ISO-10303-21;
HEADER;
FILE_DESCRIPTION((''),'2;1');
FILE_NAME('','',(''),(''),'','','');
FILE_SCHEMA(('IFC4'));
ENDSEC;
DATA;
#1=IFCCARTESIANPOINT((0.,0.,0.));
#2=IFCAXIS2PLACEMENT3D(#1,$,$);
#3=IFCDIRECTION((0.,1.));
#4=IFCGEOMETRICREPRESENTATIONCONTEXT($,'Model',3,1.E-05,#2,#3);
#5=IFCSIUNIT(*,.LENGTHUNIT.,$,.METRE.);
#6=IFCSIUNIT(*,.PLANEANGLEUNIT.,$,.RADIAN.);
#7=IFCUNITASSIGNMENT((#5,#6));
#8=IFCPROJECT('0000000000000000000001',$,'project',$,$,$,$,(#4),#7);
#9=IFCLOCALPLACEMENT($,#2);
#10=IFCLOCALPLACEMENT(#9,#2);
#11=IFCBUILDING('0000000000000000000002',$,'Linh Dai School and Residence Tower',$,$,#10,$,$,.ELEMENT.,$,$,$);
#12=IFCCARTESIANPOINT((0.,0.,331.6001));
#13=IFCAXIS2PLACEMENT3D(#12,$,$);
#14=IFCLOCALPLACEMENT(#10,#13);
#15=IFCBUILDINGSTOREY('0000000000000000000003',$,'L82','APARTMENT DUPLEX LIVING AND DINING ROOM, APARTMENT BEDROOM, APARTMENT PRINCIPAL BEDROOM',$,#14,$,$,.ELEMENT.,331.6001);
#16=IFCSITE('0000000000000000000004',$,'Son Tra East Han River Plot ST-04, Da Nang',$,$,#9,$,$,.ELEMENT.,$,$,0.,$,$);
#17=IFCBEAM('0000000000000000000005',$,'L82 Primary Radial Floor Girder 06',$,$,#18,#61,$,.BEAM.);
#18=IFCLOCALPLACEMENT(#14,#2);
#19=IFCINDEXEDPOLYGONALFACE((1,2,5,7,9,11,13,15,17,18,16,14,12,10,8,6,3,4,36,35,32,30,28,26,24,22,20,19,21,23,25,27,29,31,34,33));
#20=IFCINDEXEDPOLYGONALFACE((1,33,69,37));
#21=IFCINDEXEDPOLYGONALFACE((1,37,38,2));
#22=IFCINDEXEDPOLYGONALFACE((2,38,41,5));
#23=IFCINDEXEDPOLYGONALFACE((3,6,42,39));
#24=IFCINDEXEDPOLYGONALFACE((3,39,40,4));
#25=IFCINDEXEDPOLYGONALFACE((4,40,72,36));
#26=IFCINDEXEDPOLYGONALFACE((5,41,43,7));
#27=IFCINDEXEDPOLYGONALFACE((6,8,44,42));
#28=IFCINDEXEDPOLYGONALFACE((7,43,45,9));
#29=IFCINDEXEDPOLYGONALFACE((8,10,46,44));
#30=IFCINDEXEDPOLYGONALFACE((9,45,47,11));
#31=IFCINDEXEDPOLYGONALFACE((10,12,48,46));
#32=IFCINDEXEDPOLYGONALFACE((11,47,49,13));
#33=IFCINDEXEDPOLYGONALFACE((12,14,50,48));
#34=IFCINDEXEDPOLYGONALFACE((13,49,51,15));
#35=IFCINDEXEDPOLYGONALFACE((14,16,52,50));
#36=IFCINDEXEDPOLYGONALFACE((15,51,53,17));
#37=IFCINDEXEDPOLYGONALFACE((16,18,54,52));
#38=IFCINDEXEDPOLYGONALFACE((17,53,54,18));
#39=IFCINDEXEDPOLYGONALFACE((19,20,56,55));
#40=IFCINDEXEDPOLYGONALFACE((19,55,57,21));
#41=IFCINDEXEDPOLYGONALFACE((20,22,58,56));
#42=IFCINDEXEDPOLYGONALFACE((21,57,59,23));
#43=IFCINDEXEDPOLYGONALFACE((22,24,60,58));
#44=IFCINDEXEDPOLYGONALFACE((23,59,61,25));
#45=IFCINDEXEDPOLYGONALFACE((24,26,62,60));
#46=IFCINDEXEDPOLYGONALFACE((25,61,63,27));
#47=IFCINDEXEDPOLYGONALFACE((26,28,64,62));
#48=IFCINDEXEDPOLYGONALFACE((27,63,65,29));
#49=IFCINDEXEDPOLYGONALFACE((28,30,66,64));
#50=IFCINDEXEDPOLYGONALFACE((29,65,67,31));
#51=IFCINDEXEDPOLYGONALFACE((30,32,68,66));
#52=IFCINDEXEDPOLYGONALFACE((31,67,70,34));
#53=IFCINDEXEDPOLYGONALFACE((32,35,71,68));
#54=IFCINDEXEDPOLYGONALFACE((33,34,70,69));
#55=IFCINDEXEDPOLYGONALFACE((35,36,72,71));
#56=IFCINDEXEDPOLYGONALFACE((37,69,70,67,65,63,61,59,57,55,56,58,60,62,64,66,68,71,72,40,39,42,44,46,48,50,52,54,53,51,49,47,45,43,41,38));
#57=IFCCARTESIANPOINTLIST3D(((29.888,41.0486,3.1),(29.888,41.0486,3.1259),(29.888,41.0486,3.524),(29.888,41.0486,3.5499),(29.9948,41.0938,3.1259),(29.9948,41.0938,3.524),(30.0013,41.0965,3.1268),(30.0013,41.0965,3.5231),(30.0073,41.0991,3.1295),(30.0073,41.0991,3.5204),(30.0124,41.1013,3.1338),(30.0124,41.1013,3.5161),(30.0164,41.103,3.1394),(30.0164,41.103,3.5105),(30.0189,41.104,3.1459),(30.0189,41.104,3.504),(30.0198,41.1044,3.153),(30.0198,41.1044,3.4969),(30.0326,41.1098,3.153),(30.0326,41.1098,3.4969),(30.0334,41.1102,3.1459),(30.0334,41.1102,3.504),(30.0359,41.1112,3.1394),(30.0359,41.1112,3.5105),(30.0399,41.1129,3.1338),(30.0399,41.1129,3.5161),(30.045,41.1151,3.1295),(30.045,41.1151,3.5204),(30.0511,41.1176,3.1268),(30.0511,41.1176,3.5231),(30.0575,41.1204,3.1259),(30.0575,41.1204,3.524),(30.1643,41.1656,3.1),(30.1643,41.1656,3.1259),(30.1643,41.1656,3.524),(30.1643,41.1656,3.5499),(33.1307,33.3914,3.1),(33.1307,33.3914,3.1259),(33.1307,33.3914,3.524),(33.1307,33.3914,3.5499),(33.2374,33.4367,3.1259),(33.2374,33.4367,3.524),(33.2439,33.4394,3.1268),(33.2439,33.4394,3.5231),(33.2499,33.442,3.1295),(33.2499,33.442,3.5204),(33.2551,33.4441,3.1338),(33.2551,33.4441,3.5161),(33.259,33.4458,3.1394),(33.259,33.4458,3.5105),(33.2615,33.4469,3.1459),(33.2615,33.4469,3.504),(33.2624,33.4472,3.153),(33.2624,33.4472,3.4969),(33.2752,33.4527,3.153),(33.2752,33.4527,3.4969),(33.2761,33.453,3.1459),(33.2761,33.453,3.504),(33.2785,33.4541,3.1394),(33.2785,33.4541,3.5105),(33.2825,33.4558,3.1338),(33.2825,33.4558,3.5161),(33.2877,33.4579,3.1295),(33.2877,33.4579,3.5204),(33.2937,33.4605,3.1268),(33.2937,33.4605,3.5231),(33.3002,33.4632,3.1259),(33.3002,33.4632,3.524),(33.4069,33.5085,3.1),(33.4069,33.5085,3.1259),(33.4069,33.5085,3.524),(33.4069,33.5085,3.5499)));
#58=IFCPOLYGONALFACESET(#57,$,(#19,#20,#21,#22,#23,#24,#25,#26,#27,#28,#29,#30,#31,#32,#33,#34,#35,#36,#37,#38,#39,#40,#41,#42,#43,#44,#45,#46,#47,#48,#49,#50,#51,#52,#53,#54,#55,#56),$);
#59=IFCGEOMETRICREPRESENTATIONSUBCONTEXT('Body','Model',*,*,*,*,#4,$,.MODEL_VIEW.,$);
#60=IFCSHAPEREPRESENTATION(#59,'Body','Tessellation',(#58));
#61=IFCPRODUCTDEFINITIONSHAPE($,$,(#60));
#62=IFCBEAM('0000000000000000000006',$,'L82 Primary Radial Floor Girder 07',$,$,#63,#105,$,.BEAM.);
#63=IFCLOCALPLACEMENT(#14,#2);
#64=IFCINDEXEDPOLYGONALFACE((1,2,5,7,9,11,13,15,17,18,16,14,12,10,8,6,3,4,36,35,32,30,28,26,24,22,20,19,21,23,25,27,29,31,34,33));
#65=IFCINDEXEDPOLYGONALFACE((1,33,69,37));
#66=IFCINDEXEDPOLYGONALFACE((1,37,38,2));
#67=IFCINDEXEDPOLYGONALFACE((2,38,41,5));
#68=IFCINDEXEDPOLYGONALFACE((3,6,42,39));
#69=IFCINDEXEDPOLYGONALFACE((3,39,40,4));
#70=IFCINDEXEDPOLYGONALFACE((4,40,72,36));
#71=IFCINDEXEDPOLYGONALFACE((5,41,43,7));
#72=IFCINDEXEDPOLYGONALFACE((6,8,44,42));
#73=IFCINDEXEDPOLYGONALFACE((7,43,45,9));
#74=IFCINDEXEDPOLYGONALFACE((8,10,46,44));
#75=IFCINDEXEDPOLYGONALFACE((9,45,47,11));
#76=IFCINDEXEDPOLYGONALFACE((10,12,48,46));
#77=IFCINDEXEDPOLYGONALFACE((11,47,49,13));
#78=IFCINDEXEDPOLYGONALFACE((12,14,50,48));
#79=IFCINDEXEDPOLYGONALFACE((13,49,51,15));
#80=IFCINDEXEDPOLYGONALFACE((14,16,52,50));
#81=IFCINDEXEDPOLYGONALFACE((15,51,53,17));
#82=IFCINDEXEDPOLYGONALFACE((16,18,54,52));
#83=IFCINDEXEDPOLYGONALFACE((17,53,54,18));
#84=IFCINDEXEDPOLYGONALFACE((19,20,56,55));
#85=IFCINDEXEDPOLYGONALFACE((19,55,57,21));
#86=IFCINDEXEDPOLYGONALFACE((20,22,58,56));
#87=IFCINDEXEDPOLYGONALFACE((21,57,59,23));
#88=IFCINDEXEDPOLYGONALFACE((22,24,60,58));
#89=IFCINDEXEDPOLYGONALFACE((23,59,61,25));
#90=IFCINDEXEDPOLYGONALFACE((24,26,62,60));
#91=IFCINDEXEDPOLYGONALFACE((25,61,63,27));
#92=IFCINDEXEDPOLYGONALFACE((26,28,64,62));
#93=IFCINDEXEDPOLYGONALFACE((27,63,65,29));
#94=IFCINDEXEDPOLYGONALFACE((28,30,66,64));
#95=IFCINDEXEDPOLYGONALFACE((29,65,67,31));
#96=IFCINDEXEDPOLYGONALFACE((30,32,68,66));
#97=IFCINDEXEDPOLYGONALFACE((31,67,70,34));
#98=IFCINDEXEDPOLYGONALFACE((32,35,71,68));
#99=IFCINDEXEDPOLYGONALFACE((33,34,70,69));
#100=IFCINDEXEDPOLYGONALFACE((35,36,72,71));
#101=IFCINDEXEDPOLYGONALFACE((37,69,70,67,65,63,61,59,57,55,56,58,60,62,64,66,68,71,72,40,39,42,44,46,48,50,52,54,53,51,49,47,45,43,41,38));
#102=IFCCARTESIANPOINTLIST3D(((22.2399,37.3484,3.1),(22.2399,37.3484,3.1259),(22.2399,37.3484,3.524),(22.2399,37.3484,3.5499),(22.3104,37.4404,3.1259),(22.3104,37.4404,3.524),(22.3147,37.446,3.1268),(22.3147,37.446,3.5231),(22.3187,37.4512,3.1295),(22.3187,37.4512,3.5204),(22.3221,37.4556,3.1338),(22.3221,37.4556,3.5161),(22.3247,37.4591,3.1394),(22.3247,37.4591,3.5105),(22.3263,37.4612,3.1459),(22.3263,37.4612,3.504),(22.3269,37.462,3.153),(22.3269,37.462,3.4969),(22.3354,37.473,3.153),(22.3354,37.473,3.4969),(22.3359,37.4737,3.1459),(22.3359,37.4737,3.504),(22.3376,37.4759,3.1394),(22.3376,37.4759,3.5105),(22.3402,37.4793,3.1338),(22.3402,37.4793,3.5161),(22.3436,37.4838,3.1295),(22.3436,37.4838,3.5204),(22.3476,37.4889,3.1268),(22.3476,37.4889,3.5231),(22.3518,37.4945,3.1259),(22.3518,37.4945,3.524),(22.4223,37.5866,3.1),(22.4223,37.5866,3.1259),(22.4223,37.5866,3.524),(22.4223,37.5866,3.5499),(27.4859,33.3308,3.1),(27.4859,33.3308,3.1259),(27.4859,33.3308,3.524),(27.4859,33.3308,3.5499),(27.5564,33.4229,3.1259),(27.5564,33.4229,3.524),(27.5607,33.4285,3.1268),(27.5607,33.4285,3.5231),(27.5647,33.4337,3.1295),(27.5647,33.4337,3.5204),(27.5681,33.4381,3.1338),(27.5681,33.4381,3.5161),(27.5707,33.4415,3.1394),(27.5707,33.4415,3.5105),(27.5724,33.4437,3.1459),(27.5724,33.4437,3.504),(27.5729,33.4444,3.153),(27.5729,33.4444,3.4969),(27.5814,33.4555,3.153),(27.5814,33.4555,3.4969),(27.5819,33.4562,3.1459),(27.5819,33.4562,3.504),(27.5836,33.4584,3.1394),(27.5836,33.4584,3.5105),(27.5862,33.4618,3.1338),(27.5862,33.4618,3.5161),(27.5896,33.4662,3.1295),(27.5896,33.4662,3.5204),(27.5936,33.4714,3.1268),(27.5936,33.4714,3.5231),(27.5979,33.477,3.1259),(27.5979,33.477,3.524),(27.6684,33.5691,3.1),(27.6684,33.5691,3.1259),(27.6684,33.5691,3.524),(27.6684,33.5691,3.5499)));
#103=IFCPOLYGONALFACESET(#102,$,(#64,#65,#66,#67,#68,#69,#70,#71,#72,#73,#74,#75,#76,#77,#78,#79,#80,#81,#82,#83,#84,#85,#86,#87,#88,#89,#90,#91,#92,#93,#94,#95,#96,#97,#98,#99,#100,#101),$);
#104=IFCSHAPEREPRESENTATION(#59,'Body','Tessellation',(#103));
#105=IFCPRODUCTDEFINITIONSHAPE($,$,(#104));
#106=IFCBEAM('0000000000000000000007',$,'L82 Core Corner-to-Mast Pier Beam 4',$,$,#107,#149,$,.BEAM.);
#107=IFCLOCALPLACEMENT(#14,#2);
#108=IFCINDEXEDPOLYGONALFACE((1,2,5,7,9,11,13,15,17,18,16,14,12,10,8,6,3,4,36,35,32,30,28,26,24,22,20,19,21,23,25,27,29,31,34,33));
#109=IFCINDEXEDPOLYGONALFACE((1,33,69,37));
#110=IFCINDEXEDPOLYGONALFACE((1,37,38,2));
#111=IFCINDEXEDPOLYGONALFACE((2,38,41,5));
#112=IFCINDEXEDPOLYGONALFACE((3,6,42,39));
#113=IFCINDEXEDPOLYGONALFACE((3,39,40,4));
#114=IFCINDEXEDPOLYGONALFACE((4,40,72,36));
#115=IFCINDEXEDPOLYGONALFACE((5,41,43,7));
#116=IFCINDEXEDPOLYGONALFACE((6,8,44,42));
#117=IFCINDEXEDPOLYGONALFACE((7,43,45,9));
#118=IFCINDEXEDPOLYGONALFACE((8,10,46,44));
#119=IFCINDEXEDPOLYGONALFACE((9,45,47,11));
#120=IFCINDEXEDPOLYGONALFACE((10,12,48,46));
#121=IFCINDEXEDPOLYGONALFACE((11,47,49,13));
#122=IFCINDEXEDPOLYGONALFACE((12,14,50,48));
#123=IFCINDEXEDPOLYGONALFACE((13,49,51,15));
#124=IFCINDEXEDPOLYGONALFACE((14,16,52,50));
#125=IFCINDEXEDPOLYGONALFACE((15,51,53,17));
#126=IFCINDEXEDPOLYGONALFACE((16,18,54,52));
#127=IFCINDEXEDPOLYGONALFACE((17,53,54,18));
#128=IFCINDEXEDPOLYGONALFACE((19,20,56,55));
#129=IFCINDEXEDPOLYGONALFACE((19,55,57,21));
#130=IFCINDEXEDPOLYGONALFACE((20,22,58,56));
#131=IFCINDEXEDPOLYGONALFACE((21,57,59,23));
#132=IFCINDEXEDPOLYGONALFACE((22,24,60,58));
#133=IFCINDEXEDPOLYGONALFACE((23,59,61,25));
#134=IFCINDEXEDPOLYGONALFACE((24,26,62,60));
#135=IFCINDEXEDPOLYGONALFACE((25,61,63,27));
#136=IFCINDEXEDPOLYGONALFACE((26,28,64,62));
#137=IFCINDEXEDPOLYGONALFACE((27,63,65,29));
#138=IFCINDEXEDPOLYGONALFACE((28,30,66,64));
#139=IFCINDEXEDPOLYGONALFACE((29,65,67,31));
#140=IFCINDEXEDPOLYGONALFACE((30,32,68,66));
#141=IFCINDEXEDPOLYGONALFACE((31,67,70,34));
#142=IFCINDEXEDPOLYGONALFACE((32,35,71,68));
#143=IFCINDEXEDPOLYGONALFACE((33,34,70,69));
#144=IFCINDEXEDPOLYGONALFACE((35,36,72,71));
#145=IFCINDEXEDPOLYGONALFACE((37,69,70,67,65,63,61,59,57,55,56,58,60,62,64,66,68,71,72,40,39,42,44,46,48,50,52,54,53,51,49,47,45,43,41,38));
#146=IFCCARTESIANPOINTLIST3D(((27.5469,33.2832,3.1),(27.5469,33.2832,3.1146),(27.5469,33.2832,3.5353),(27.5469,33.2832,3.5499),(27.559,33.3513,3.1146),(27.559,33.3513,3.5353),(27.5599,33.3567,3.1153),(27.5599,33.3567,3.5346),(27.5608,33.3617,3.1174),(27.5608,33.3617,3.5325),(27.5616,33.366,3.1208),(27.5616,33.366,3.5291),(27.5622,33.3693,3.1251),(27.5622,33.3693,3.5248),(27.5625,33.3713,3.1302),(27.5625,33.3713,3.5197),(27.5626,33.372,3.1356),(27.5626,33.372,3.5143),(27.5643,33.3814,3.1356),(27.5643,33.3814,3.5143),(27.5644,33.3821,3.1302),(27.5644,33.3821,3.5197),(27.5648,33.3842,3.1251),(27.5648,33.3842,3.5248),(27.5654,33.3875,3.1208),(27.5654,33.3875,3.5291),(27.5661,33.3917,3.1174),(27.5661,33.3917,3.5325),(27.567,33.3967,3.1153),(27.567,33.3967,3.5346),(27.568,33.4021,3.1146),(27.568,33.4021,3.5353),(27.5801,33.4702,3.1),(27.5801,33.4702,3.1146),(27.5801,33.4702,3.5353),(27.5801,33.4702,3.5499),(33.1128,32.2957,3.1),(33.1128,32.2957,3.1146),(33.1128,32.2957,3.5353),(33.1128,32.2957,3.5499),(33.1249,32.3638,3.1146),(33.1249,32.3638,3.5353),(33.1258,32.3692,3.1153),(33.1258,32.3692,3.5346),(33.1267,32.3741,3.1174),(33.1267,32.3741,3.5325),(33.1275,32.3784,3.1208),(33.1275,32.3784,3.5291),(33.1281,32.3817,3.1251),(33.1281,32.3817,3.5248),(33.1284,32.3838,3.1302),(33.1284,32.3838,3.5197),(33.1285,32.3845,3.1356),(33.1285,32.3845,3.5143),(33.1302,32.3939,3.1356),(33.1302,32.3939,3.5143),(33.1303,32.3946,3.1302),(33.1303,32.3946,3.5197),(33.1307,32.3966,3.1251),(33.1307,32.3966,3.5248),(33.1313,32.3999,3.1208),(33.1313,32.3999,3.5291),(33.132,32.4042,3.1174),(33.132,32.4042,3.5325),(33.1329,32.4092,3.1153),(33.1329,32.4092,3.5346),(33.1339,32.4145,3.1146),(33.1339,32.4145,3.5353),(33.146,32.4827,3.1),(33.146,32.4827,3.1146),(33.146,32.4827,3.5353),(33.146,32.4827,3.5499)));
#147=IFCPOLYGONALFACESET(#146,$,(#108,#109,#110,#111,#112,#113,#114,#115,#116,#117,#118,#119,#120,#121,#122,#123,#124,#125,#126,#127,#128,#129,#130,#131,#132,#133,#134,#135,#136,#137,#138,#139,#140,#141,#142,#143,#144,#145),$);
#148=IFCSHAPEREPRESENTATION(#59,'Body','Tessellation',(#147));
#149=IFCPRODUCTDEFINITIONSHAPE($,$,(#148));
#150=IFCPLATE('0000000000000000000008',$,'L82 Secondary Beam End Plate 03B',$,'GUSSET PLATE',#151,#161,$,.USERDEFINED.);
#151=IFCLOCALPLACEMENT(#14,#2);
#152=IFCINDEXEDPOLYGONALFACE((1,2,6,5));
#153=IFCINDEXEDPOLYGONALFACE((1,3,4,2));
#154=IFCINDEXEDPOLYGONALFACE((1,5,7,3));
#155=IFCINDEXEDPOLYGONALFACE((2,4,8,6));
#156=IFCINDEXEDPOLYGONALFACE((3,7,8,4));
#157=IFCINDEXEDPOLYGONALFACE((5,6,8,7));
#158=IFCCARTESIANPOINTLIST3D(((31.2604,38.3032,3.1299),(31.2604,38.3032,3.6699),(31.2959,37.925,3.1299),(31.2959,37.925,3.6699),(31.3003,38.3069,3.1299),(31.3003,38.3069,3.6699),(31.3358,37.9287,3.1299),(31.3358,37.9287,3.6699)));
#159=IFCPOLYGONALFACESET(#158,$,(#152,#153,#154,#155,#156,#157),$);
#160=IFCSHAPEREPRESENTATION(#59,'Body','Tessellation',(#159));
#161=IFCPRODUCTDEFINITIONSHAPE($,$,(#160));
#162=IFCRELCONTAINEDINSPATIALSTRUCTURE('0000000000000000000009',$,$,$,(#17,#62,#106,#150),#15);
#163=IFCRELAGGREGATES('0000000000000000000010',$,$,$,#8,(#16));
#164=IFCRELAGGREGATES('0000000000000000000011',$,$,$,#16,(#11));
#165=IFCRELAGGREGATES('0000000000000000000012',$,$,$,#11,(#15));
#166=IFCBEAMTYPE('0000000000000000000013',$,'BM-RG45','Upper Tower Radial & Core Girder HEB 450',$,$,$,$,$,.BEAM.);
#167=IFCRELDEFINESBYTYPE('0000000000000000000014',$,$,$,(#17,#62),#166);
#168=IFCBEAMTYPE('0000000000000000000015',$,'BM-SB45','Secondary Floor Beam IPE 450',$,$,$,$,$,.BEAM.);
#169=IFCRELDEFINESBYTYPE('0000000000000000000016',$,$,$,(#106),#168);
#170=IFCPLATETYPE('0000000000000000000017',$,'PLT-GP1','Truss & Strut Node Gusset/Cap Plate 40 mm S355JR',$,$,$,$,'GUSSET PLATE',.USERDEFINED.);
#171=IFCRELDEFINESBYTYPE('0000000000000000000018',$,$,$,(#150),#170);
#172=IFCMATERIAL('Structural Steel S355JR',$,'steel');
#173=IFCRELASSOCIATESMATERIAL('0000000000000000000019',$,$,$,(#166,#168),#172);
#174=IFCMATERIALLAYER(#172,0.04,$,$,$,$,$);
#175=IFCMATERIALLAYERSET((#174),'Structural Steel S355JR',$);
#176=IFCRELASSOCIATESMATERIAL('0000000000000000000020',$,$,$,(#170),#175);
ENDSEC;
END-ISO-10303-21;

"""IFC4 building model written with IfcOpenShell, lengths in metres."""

from ifc_helpers import new_model, si_unit, direction, frame, origin, origin_2d, place, context, subcontext, project, spatial, rectangle, i_section, extrude, source, transform, mapped, material, layer, layer_set, material_profile, profile_set, type_object, element, save


model = new_model("IFC4")

# Units and contexts
model_context = context("Model", 3, precision=1e-05, world=origin(), true_north=direction((0.0, 1.0)))
body_context = subcontext(model_context, "Body", "Model", "MODEL_VIEW")
ifc_project = project(units=[si_unit("LENGTHUNIT", "METRE"), si_unit("PLANEANGLEUNIT", "RADIAN")], contexts=[model_context])

# Site, building, storey
site_placement = place(None, origin())
site = spatial("IfcSite", under=ifc_project, at=site_placement, Name="Son Tra East Han River Plot ST-04, Da Nang", CompositionType="ELEMENT", RefElevation=0.0)
building_placement = place(site_placement, origin())
building = spatial("IfcBuilding", under=site, at=building_placement, Name="Linh Dai School and Residence Tower", CompositionType="ELEMENT")
storey_placement = place(building_placement, frame((0.0, 0.0, 331.6001)))
storey = spatial("IfcBuildingStorey", under=building, at=storey_placement, Name="L82", Description="APARTMENT DUPLEX LIVING AND DINING ROOM, APARTMENT BEDROOM, APARTMENT PRINCIPAL BEDROOM", CompositionType="ELEMENT", Elevation=331.6001)

# Shared definitions
ifc_material_1 = material(Name="Structural Steel S355JR", Category="steel")

# Beams
ifc_material_profile_1 = material_profile(ifc_material_1, i_section(OverallWidth=0.3, OverallDepth=0.45, WebThickness=0.0139, FlangeThickness=0.0259, FilletRadius=0.0271, at=origin_2d()), Name="HEB 450")
ifc_profile_set_1 = profile_set([ifc_material_profile_1], Name="Structural Steel S355JR")
beam_type_1 = type_object("IfcBeamType", Name="BM-RG45", Description="Upper Tower Radial & Core Girder HEB 450", PredefinedType="BEAM", material=ifc_profile_set_1)
beam_1_placement = place(storey_placement, frame((33.2688, 33.45, 3.325), z_axis=(-0.389954, 0.920834, 0.0), x_axis=(-0.920834, -0.389954, 0.0)))
element("IfcBeam", 1, at=beam_1_placement, inside=storey, type_object=beam_type_1, Name="L82 Primary Radial Floor Girder 06", PredefinedType="BEAM", context=body_context, shape_type="SweptSolid", body=[
    extrude(i_section(OverallWidth=0.3, OverallDepth=0.45, WebThickness=0.0139, FlangeThickness=0.0259, FilletRadius=0.0271, at=origin_2d()), origin(), (0.0, 0.0, 1.0), 8.3154),
])
beam_2_placement = place(storey_placement, frame((27.5771, 33.45, 3.325), z_axis=(-0.79393, 0.608009, 0.0), x_axis=(-0.608009, -0.79393, 0.0)))
element("IfcBeam", 2, at=beam_2_placement, inside=storey, type_object=beam_type_1, Name="L82 Primary Radial Floor Girder 07", PredefinedType="BEAM", context=body_context, shape_type="SweptSolid", body=[
    extrude(i_section(OverallWidth=0.3, OverallDepth=0.45, WebThickness=0.0139, FlangeThickness=0.0259, FilletRadius=0.0271, at=origin_2d()), origin(), (0.0, 0.0, 1.0), 6.6077),
])
ifc_material_profile_2 = material_profile(ifc_material_1, i_section(OverallWidth=0.1899, OverallDepth=0.45, WebThickness=0.0095, FlangeThickness=0.0146, FilletRadius=0.021, at=origin_2d()), Name="IPE 450")
ifc_profile_set_2 = profile_set([ifc_material_profile_2], Name="Structural Steel S355JR")
beam_type_2 = type_object("IfcBeamType", Name="BM-SB45", Description="Secondary Floor Beam IPE 450", PredefinedType="BEAM", material=ifc_profile_set_2)
beam_3_placement = place(storey_placement, frame((27.5635, 33.3767, 3.325), z_axis=(0.984622, -0.174699, 0.0), x_axis=(0.174699, 0.984622, 0.0)))
element("IfcBeam", 3, at=beam_3_placement, inside=storey, type_object=beam_type_2, Name="L82 Core Corner-to-Mast Pier Beam 4", PredefinedType="BEAM", context=body_context, shape_type="SweptSolid", body=[
    extrude(i_section(OverallWidth=0.1899, OverallDepth=0.45, WebThickness=0.0095, FlangeThickness=0.0146, FilletRadius=0.021, at=origin_2d()), origin(), (0.0, 0.0, 1.0), 5.6528),
])

# Plate
ifc_layer_1 = layer(ifc_material_1, 0.04)
ifc_layer_set_1 = layer_set([ifc_layer_1], Name="Structural Steel S355JR")
plate_type = type_object("IfcPlateType", Name="PLT-GP1", Description="Truss & Strut Node Gusset/Cap Plate 40 mm S355JR", ElementType="GUSSET PLATE", PredefinedType="USERDEFINED", material=ifc_layer_set_1)
shared_shape_1 = source(origin(), body_context, "Body", "SweptSolid", [
    extrude(rectangle(XDim=0.04, YDim=0.3799, at=origin_2d()), origin(), (0.0, 0.0, 1.0), 0.54),
])
plate_placement = place(storey_placement, frame((31.2981, 38.116, 3.1299), z_axis=(0.0, 0.0, 1.0), x_axis=(-0.995631, -0.093373, 0.0)))
element("IfcPlate", 4, at=plate_placement, inside=storey, type_object=plate_type, Name="L82 Secondary Beam End Plate 03B", ObjectType="GUSSET PLATE", PredefinedType="USERDEFINED", context=body_context, shape_type="MappedRepresentation", body=[
    mapped(shared_shape_1, transform((0.0, 0.0, 0.0), x_axis=(1.0, 0.0, 0.0), y_axis=(0.0, 1.0, 0.0), z_axis=(0.0, 0.0, 1.0), scale=1.0)),
])

save(model, "model.ifc")
